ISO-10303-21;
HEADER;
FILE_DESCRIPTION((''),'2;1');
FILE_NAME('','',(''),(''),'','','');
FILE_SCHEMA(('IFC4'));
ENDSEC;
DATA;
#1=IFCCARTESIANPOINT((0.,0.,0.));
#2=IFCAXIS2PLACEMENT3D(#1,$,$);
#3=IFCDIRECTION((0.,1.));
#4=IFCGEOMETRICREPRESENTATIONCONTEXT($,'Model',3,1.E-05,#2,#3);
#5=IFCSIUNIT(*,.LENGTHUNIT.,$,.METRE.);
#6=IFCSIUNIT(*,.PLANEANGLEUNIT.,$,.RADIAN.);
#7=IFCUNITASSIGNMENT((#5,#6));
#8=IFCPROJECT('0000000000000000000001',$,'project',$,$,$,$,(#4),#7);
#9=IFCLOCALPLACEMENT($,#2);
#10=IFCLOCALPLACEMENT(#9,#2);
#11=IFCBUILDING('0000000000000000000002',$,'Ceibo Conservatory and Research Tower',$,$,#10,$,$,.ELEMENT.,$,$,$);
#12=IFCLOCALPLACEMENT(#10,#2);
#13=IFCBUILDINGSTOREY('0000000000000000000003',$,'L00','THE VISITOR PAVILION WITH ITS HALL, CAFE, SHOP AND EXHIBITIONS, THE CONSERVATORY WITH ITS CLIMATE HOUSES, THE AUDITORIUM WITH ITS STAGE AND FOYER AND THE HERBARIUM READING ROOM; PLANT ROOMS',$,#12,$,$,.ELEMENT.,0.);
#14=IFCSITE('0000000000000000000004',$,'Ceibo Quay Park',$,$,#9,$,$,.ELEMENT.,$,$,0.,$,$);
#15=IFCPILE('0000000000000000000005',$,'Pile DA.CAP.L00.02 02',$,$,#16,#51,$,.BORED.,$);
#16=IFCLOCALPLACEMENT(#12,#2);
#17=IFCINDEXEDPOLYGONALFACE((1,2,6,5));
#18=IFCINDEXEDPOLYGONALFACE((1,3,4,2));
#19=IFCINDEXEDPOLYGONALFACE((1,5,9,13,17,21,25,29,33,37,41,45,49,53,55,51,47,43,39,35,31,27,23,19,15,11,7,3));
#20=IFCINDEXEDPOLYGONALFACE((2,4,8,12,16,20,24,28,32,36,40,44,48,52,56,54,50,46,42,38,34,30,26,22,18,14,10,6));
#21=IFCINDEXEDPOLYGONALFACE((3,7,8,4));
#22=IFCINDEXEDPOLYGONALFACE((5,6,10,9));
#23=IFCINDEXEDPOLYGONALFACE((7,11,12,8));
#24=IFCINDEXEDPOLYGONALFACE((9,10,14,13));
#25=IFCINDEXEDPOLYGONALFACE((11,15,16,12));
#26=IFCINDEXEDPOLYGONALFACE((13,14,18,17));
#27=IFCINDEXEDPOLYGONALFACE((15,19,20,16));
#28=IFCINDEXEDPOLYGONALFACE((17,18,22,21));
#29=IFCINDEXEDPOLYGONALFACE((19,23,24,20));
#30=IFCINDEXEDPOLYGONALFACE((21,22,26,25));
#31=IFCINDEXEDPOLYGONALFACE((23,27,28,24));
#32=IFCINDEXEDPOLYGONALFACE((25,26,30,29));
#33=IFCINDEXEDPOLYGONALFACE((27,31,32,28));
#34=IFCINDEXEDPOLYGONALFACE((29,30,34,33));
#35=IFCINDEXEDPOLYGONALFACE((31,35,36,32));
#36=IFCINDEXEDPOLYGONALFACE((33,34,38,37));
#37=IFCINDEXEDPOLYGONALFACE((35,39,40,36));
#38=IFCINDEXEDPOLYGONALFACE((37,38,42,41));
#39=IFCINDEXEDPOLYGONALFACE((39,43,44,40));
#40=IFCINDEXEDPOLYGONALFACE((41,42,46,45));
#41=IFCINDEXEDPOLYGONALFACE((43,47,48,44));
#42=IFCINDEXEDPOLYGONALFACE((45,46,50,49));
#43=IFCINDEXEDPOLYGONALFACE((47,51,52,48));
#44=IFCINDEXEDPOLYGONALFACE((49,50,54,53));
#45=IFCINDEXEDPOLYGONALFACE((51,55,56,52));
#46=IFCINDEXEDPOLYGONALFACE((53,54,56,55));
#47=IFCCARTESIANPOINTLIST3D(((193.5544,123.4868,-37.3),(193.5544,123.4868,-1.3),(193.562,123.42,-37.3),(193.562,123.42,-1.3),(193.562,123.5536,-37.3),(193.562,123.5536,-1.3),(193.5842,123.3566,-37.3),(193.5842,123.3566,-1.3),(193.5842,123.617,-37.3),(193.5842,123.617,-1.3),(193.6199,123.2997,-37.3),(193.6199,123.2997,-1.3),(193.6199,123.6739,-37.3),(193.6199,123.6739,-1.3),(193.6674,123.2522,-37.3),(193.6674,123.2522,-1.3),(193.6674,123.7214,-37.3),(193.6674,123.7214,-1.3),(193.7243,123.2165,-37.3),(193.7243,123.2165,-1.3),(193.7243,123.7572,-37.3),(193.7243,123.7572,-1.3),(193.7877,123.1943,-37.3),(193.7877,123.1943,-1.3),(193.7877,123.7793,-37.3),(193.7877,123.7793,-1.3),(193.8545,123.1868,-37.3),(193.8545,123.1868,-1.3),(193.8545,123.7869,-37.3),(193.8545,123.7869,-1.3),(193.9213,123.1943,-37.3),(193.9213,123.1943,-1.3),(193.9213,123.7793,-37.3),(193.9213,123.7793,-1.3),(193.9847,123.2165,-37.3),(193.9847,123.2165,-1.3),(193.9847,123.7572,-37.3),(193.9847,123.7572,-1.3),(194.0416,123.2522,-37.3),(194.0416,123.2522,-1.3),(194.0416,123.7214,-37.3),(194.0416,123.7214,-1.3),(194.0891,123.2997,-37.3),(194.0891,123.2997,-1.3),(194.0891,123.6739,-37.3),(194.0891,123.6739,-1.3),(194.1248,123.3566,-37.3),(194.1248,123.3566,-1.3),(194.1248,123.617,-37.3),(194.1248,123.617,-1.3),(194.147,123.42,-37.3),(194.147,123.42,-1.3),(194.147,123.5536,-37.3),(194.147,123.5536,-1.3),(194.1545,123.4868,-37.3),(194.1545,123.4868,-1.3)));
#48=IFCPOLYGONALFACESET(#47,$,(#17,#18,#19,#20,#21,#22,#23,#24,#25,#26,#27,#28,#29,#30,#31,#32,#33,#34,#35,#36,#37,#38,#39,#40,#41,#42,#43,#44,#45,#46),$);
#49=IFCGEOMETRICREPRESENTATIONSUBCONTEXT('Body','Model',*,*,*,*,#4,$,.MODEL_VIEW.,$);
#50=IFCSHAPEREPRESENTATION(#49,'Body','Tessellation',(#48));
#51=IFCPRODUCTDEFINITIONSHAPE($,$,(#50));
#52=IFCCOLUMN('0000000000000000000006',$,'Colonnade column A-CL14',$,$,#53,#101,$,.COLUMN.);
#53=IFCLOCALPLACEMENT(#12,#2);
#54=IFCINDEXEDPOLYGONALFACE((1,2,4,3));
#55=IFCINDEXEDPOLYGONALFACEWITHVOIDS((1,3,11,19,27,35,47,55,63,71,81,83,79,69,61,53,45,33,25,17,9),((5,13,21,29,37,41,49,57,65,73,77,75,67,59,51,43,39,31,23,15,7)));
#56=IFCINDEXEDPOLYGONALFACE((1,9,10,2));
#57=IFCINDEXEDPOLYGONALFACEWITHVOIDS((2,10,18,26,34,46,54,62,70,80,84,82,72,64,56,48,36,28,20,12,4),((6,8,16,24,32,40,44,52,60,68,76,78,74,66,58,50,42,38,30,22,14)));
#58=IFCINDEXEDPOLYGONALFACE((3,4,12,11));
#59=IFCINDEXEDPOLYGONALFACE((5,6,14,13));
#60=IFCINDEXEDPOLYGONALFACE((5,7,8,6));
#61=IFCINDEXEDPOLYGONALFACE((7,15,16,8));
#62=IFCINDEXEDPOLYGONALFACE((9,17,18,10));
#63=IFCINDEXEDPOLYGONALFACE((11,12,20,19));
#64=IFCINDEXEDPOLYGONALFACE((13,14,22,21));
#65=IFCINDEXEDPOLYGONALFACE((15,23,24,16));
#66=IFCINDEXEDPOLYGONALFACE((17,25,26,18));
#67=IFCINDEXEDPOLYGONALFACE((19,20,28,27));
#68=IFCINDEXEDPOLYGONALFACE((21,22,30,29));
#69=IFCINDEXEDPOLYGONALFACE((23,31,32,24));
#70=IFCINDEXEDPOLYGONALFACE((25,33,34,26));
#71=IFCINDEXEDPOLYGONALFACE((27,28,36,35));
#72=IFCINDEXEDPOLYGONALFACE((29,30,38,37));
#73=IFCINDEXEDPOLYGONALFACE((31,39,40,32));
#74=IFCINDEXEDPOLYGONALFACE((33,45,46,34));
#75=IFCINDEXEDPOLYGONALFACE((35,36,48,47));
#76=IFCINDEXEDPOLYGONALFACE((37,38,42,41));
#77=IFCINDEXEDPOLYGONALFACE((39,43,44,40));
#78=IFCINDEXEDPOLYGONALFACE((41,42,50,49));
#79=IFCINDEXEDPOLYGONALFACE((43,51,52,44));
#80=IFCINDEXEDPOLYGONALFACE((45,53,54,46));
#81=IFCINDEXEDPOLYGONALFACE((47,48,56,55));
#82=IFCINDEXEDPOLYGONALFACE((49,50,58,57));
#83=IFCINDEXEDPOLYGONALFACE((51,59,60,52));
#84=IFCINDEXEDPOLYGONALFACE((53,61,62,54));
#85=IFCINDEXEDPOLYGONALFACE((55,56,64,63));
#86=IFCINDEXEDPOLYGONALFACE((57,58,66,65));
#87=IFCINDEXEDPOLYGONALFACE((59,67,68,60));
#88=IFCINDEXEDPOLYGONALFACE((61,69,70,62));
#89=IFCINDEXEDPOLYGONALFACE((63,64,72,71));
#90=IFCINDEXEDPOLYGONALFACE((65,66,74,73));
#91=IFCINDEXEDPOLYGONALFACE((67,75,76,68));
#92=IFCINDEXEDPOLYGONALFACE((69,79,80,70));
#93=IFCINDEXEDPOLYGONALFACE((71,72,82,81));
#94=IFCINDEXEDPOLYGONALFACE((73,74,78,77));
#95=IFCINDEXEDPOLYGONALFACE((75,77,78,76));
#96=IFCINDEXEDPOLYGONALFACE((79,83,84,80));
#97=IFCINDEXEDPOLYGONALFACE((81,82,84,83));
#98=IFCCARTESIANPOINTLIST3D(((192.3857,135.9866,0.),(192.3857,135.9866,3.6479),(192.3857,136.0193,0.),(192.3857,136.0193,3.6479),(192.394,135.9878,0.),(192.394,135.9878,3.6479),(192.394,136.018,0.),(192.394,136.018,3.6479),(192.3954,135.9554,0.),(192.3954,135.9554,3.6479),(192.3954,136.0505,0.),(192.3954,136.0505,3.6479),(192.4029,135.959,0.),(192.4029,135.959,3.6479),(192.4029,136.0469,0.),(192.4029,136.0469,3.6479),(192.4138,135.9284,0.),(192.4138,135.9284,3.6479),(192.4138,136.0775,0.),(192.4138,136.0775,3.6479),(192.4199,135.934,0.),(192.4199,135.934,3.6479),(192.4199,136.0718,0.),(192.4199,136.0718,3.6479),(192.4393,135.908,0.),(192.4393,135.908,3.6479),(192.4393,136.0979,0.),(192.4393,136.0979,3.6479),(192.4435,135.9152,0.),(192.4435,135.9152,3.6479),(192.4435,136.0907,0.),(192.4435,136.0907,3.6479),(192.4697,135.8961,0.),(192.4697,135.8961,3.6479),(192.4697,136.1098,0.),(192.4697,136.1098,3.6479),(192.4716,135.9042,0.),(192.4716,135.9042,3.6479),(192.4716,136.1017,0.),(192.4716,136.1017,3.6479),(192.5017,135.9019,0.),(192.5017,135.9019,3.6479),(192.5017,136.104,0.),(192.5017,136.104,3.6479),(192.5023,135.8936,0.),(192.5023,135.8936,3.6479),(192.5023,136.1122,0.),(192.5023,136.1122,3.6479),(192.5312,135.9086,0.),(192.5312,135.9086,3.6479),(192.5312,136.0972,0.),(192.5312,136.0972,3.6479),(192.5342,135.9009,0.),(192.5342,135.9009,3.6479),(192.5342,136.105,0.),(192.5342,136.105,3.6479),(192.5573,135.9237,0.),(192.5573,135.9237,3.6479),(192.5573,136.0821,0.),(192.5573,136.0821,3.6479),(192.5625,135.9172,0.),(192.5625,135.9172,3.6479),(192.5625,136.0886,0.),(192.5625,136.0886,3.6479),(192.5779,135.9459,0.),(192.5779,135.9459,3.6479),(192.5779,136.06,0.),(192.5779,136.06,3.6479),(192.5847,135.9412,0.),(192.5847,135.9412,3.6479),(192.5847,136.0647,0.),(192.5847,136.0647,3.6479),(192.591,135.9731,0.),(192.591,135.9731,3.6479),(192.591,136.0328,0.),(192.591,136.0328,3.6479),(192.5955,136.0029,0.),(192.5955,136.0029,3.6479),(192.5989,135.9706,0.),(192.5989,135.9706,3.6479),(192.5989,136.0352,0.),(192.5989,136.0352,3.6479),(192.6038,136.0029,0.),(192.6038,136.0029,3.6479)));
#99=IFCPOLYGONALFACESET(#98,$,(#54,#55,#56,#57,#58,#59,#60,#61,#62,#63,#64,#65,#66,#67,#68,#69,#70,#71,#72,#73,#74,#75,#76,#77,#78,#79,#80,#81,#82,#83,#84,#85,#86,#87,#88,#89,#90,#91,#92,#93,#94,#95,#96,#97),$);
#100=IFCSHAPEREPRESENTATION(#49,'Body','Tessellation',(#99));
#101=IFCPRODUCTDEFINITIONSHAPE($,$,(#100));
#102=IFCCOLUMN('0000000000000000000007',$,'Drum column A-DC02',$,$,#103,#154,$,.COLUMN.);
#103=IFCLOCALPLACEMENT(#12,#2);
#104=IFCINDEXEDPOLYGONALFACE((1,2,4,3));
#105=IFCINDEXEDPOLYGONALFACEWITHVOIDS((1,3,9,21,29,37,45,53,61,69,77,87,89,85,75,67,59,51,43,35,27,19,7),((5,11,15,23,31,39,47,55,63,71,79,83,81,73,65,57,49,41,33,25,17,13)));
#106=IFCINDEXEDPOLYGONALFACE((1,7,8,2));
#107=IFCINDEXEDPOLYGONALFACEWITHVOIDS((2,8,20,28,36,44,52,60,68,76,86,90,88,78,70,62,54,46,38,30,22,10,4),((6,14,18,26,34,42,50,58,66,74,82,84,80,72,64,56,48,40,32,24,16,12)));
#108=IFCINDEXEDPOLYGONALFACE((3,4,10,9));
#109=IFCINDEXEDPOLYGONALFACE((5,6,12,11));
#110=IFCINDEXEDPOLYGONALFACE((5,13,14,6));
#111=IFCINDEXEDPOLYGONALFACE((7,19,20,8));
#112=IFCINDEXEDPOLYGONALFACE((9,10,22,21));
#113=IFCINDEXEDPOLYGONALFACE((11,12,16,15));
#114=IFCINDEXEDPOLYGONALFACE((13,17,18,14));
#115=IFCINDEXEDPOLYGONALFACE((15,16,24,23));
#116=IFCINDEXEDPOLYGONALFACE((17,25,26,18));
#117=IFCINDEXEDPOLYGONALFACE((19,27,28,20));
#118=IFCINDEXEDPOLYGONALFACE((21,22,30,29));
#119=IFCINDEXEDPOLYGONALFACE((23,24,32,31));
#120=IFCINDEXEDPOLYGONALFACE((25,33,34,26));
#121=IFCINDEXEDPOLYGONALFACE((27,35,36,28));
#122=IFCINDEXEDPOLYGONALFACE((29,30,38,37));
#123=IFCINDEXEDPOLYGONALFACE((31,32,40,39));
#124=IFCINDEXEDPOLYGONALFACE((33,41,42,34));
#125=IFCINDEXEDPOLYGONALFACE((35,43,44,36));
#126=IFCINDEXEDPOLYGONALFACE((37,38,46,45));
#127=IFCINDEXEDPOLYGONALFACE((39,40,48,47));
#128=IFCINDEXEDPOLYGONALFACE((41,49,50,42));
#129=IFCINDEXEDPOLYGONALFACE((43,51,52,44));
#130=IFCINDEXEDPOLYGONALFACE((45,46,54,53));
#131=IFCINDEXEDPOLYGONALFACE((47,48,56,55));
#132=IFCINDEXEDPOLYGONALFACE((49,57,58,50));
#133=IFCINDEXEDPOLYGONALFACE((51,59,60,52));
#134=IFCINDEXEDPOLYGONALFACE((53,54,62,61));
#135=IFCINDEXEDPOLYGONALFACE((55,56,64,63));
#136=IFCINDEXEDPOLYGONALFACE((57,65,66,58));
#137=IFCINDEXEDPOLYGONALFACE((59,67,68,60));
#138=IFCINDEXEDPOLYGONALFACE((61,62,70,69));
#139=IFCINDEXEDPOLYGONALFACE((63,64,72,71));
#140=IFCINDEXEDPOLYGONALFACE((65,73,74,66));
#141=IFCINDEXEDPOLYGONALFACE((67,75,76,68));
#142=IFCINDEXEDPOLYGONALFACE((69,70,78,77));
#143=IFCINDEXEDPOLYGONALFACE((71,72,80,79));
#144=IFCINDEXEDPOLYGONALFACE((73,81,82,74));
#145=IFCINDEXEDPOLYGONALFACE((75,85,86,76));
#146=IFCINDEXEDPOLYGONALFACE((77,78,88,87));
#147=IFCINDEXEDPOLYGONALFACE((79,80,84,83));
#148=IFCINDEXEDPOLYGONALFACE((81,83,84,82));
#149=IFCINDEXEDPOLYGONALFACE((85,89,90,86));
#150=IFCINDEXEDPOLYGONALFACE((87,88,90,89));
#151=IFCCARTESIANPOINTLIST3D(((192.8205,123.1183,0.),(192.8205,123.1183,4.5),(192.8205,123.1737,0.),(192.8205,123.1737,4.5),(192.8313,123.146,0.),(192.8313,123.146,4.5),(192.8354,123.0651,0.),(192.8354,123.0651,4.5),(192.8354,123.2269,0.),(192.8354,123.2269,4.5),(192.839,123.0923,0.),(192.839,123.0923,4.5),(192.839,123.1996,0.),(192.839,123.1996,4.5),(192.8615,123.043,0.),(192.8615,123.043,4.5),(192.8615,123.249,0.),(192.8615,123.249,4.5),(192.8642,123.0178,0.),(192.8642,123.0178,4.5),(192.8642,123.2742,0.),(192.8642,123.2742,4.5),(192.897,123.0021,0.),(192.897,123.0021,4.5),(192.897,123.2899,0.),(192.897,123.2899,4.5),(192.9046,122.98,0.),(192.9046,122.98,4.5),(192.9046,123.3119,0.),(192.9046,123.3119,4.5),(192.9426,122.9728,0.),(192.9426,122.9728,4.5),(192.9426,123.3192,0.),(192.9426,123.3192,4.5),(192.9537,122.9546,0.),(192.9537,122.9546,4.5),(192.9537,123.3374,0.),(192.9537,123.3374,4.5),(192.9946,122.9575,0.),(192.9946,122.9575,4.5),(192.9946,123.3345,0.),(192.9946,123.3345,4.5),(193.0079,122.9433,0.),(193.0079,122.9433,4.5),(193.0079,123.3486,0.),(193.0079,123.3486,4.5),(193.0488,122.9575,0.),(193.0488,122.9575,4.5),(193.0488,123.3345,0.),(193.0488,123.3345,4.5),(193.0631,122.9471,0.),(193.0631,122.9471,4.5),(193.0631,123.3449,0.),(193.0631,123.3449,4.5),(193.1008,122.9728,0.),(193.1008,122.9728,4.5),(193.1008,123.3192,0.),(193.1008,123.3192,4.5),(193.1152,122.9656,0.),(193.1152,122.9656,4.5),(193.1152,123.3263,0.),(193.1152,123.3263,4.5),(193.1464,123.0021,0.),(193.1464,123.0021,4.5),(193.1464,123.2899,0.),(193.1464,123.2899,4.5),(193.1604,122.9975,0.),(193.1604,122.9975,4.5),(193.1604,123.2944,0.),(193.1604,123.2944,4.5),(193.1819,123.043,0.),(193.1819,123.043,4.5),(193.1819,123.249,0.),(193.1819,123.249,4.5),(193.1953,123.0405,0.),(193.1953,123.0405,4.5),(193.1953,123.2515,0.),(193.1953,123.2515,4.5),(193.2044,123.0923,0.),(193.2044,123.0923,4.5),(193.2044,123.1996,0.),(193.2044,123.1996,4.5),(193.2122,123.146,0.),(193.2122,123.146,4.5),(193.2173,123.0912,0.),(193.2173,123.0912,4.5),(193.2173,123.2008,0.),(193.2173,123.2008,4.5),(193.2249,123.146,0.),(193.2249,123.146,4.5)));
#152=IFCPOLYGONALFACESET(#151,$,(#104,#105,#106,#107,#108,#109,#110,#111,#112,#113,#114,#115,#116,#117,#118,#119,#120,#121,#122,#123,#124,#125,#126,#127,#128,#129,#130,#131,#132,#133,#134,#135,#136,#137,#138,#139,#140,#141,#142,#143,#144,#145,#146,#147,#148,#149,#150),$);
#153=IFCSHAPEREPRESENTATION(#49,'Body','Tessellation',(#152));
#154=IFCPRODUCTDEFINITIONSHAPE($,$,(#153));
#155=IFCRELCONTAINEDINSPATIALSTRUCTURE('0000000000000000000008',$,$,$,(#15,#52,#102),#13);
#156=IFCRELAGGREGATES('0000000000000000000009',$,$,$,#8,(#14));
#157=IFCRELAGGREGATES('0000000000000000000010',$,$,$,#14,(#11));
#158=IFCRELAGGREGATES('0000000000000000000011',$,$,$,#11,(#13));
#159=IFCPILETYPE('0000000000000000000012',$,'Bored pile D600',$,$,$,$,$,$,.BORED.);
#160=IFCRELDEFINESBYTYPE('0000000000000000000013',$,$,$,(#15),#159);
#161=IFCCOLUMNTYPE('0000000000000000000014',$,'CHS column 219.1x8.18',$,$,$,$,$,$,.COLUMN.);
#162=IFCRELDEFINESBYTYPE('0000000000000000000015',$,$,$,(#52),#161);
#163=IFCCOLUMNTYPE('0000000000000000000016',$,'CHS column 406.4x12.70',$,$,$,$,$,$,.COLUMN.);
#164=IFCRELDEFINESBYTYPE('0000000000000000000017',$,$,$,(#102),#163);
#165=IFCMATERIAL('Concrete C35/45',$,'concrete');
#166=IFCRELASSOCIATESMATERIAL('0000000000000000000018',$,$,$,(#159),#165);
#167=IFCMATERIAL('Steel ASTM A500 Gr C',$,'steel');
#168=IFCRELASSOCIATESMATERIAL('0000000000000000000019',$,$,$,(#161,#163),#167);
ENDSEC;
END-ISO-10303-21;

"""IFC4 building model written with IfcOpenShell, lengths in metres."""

from ifc_helpers import new_model, si_unit, direction, frame, origin, origin_2d, place, context, subcontext, project, spatial, circle, hollow_circle, extrude, material, material_profile, profile_set, type_object, element, save


model = new_model("IFC4")

# Units and contexts
model_context = context("Model", 3, precision=1e-05, world=origin(), true_north=direction((0.0, 1.0)))
body_context = subcontext(model_context, "Body", "Model", "MODEL_VIEW")
ifc_project = project(units=[si_unit("LENGTHUNIT", "METRE"), si_unit("PLANEANGLEUNIT", "RADIAN")], contexts=[model_context])

# Site, building, storey
site_placement = place(None, origin())
site = spatial("IfcSite", under=ifc_project, at=site_placement, Name="Ceibo Quay Park", CompositionType="ELEMENT", RefElevation=0.0)
building_placement = place(site_placement, origin())
building = spatial("IfcBuilding", under=site, at=building_placement, Name="Ceibo Conservatory and Research Tower", CompositionType="ELEMENT")
storey_placement = place(building_placement, origin())
storey = spatial("IfcBuildingStorey", under=building, at=storey_placement, Name="L00", Description="THE VISITOR PAVILION WITH ITS HALL, CAFE, SHOP AND EXHIBITIONS, THE CONSERVATORY WITH ITS CLIMATE HOUSES, THE AUDITORIUM WITH ITS STAGE AND FOYER AND THE HERBARIUM READING ROOM; PLANT ROOMS", CompositionType="ELEMENT", Elevation=0.0)

# Pile
ifc_material_1 = material(Name="Concrete C35/45", Category="concrete")
ifc_material_profile_1 = material_profile(ifc_material_1, circle(Radius=0.3, at=origin_2d()), Name="RC D600")
ifc_profile_set_1 = profile_set([ifc_material_profile_1], Name="Concrete C35/45")
pile_type = type_object("IfcPileType", Name="Bored pile D600", PredefinedType="BORED", material=ifc_profile_set_1)
pile_placement = place(storey_placement, frame((193.8545, 123.4868, -1.3), z_axis=(0.0, 0.0, -1.0), x_axis=(1.0, 0.0, 0.0)))
element("IfcPile", 1, at=pile_placement, inside=storey, type_object=pile_type, Name="Pile DA.CAP.L00.02 02", PredefinedType="BORED", context=body_context, shape_type="SweptSolid", body=[
    extrude(circle(Radius=0.3, at=origin_2d()), origin(), (0.0, 0.0, 1.0), 36.0),
])

# Columns
ifc_material_2 = material(Name="Steel ASTM A500 Gr C", Category="steel")
ifc_material_profile_2 = material_profile(ifc_material_2, hollow_circle(Radius=0.1096, WallThickness=0.0083, at=origin_2d()), Name="CHS column 219.1x8.18")
ifc_profile_set_2 = profile_set([ifc_material_profile_2], Name="Steel ASTM A500 Gr C")
column_type_1 = type_object("IfcColumnType", Name="CHS column 219.1x8.18", PredefinedType="COLUMN", material=ifc_profile_set_2)
column_1_placement = place(storey_placement, frame((192.4941, 136.0029, 0.0), z_axis=(0.0, 0.0, 1.0), x_axis=(1.0, 0.0, 0.0)))
element("IfcColumn", 2, at=column_1_placement, inside=storey, type_object=column_type_1, Name="Colonnade column A-CL14", PredefinedType="COLUMN", context=body_context, shape_type="SweptSolid", body=[
    extrude(hollow_circle(Radius=0.1096, WallThickness=0.0083, at=origin_2d()), origin(), (0.0, 0.0, 1.0), 3.6479),
])
ifc_material_profile_3 = material_profile(ifc_material_2, hollow_circle(Radius=0.2031, WallThickness=0.0127, at=origin_2d()), Name="CHS column 406.4x12.70")
ifc_profile_set_3 = profile_set([ifc_material_profile_3], Name="Steel ASTM A500 Gr C")
column_type_2 = type_object("IfcColumnType", Name="CHS column 406.4x12.70", PredefinedType="COLUMN", material=ifc_profile_set_3)
column_2_placement = place(storey_placement, frame((193.0217, 123.146, 0.0), z_axis=(0.0, 0.0, 1.0), x_axis=(1.0, 0.0, 0.0)))
element("IfcColumn", 3, at=column_2_placement, inside=storey, type_object=column_type_2, Name="Drum column A-DC02", PredefinedType="COLUMN", context=body_context, shape_type="SweptSolid", body=[
    extrude(hollow_circle(Radius=0.2031, WallThickness=0.0127, at=origin_2d()), origin(), (0.0, 0.0, 1.0), 4.5),
])

save(model, "model.ifc")
